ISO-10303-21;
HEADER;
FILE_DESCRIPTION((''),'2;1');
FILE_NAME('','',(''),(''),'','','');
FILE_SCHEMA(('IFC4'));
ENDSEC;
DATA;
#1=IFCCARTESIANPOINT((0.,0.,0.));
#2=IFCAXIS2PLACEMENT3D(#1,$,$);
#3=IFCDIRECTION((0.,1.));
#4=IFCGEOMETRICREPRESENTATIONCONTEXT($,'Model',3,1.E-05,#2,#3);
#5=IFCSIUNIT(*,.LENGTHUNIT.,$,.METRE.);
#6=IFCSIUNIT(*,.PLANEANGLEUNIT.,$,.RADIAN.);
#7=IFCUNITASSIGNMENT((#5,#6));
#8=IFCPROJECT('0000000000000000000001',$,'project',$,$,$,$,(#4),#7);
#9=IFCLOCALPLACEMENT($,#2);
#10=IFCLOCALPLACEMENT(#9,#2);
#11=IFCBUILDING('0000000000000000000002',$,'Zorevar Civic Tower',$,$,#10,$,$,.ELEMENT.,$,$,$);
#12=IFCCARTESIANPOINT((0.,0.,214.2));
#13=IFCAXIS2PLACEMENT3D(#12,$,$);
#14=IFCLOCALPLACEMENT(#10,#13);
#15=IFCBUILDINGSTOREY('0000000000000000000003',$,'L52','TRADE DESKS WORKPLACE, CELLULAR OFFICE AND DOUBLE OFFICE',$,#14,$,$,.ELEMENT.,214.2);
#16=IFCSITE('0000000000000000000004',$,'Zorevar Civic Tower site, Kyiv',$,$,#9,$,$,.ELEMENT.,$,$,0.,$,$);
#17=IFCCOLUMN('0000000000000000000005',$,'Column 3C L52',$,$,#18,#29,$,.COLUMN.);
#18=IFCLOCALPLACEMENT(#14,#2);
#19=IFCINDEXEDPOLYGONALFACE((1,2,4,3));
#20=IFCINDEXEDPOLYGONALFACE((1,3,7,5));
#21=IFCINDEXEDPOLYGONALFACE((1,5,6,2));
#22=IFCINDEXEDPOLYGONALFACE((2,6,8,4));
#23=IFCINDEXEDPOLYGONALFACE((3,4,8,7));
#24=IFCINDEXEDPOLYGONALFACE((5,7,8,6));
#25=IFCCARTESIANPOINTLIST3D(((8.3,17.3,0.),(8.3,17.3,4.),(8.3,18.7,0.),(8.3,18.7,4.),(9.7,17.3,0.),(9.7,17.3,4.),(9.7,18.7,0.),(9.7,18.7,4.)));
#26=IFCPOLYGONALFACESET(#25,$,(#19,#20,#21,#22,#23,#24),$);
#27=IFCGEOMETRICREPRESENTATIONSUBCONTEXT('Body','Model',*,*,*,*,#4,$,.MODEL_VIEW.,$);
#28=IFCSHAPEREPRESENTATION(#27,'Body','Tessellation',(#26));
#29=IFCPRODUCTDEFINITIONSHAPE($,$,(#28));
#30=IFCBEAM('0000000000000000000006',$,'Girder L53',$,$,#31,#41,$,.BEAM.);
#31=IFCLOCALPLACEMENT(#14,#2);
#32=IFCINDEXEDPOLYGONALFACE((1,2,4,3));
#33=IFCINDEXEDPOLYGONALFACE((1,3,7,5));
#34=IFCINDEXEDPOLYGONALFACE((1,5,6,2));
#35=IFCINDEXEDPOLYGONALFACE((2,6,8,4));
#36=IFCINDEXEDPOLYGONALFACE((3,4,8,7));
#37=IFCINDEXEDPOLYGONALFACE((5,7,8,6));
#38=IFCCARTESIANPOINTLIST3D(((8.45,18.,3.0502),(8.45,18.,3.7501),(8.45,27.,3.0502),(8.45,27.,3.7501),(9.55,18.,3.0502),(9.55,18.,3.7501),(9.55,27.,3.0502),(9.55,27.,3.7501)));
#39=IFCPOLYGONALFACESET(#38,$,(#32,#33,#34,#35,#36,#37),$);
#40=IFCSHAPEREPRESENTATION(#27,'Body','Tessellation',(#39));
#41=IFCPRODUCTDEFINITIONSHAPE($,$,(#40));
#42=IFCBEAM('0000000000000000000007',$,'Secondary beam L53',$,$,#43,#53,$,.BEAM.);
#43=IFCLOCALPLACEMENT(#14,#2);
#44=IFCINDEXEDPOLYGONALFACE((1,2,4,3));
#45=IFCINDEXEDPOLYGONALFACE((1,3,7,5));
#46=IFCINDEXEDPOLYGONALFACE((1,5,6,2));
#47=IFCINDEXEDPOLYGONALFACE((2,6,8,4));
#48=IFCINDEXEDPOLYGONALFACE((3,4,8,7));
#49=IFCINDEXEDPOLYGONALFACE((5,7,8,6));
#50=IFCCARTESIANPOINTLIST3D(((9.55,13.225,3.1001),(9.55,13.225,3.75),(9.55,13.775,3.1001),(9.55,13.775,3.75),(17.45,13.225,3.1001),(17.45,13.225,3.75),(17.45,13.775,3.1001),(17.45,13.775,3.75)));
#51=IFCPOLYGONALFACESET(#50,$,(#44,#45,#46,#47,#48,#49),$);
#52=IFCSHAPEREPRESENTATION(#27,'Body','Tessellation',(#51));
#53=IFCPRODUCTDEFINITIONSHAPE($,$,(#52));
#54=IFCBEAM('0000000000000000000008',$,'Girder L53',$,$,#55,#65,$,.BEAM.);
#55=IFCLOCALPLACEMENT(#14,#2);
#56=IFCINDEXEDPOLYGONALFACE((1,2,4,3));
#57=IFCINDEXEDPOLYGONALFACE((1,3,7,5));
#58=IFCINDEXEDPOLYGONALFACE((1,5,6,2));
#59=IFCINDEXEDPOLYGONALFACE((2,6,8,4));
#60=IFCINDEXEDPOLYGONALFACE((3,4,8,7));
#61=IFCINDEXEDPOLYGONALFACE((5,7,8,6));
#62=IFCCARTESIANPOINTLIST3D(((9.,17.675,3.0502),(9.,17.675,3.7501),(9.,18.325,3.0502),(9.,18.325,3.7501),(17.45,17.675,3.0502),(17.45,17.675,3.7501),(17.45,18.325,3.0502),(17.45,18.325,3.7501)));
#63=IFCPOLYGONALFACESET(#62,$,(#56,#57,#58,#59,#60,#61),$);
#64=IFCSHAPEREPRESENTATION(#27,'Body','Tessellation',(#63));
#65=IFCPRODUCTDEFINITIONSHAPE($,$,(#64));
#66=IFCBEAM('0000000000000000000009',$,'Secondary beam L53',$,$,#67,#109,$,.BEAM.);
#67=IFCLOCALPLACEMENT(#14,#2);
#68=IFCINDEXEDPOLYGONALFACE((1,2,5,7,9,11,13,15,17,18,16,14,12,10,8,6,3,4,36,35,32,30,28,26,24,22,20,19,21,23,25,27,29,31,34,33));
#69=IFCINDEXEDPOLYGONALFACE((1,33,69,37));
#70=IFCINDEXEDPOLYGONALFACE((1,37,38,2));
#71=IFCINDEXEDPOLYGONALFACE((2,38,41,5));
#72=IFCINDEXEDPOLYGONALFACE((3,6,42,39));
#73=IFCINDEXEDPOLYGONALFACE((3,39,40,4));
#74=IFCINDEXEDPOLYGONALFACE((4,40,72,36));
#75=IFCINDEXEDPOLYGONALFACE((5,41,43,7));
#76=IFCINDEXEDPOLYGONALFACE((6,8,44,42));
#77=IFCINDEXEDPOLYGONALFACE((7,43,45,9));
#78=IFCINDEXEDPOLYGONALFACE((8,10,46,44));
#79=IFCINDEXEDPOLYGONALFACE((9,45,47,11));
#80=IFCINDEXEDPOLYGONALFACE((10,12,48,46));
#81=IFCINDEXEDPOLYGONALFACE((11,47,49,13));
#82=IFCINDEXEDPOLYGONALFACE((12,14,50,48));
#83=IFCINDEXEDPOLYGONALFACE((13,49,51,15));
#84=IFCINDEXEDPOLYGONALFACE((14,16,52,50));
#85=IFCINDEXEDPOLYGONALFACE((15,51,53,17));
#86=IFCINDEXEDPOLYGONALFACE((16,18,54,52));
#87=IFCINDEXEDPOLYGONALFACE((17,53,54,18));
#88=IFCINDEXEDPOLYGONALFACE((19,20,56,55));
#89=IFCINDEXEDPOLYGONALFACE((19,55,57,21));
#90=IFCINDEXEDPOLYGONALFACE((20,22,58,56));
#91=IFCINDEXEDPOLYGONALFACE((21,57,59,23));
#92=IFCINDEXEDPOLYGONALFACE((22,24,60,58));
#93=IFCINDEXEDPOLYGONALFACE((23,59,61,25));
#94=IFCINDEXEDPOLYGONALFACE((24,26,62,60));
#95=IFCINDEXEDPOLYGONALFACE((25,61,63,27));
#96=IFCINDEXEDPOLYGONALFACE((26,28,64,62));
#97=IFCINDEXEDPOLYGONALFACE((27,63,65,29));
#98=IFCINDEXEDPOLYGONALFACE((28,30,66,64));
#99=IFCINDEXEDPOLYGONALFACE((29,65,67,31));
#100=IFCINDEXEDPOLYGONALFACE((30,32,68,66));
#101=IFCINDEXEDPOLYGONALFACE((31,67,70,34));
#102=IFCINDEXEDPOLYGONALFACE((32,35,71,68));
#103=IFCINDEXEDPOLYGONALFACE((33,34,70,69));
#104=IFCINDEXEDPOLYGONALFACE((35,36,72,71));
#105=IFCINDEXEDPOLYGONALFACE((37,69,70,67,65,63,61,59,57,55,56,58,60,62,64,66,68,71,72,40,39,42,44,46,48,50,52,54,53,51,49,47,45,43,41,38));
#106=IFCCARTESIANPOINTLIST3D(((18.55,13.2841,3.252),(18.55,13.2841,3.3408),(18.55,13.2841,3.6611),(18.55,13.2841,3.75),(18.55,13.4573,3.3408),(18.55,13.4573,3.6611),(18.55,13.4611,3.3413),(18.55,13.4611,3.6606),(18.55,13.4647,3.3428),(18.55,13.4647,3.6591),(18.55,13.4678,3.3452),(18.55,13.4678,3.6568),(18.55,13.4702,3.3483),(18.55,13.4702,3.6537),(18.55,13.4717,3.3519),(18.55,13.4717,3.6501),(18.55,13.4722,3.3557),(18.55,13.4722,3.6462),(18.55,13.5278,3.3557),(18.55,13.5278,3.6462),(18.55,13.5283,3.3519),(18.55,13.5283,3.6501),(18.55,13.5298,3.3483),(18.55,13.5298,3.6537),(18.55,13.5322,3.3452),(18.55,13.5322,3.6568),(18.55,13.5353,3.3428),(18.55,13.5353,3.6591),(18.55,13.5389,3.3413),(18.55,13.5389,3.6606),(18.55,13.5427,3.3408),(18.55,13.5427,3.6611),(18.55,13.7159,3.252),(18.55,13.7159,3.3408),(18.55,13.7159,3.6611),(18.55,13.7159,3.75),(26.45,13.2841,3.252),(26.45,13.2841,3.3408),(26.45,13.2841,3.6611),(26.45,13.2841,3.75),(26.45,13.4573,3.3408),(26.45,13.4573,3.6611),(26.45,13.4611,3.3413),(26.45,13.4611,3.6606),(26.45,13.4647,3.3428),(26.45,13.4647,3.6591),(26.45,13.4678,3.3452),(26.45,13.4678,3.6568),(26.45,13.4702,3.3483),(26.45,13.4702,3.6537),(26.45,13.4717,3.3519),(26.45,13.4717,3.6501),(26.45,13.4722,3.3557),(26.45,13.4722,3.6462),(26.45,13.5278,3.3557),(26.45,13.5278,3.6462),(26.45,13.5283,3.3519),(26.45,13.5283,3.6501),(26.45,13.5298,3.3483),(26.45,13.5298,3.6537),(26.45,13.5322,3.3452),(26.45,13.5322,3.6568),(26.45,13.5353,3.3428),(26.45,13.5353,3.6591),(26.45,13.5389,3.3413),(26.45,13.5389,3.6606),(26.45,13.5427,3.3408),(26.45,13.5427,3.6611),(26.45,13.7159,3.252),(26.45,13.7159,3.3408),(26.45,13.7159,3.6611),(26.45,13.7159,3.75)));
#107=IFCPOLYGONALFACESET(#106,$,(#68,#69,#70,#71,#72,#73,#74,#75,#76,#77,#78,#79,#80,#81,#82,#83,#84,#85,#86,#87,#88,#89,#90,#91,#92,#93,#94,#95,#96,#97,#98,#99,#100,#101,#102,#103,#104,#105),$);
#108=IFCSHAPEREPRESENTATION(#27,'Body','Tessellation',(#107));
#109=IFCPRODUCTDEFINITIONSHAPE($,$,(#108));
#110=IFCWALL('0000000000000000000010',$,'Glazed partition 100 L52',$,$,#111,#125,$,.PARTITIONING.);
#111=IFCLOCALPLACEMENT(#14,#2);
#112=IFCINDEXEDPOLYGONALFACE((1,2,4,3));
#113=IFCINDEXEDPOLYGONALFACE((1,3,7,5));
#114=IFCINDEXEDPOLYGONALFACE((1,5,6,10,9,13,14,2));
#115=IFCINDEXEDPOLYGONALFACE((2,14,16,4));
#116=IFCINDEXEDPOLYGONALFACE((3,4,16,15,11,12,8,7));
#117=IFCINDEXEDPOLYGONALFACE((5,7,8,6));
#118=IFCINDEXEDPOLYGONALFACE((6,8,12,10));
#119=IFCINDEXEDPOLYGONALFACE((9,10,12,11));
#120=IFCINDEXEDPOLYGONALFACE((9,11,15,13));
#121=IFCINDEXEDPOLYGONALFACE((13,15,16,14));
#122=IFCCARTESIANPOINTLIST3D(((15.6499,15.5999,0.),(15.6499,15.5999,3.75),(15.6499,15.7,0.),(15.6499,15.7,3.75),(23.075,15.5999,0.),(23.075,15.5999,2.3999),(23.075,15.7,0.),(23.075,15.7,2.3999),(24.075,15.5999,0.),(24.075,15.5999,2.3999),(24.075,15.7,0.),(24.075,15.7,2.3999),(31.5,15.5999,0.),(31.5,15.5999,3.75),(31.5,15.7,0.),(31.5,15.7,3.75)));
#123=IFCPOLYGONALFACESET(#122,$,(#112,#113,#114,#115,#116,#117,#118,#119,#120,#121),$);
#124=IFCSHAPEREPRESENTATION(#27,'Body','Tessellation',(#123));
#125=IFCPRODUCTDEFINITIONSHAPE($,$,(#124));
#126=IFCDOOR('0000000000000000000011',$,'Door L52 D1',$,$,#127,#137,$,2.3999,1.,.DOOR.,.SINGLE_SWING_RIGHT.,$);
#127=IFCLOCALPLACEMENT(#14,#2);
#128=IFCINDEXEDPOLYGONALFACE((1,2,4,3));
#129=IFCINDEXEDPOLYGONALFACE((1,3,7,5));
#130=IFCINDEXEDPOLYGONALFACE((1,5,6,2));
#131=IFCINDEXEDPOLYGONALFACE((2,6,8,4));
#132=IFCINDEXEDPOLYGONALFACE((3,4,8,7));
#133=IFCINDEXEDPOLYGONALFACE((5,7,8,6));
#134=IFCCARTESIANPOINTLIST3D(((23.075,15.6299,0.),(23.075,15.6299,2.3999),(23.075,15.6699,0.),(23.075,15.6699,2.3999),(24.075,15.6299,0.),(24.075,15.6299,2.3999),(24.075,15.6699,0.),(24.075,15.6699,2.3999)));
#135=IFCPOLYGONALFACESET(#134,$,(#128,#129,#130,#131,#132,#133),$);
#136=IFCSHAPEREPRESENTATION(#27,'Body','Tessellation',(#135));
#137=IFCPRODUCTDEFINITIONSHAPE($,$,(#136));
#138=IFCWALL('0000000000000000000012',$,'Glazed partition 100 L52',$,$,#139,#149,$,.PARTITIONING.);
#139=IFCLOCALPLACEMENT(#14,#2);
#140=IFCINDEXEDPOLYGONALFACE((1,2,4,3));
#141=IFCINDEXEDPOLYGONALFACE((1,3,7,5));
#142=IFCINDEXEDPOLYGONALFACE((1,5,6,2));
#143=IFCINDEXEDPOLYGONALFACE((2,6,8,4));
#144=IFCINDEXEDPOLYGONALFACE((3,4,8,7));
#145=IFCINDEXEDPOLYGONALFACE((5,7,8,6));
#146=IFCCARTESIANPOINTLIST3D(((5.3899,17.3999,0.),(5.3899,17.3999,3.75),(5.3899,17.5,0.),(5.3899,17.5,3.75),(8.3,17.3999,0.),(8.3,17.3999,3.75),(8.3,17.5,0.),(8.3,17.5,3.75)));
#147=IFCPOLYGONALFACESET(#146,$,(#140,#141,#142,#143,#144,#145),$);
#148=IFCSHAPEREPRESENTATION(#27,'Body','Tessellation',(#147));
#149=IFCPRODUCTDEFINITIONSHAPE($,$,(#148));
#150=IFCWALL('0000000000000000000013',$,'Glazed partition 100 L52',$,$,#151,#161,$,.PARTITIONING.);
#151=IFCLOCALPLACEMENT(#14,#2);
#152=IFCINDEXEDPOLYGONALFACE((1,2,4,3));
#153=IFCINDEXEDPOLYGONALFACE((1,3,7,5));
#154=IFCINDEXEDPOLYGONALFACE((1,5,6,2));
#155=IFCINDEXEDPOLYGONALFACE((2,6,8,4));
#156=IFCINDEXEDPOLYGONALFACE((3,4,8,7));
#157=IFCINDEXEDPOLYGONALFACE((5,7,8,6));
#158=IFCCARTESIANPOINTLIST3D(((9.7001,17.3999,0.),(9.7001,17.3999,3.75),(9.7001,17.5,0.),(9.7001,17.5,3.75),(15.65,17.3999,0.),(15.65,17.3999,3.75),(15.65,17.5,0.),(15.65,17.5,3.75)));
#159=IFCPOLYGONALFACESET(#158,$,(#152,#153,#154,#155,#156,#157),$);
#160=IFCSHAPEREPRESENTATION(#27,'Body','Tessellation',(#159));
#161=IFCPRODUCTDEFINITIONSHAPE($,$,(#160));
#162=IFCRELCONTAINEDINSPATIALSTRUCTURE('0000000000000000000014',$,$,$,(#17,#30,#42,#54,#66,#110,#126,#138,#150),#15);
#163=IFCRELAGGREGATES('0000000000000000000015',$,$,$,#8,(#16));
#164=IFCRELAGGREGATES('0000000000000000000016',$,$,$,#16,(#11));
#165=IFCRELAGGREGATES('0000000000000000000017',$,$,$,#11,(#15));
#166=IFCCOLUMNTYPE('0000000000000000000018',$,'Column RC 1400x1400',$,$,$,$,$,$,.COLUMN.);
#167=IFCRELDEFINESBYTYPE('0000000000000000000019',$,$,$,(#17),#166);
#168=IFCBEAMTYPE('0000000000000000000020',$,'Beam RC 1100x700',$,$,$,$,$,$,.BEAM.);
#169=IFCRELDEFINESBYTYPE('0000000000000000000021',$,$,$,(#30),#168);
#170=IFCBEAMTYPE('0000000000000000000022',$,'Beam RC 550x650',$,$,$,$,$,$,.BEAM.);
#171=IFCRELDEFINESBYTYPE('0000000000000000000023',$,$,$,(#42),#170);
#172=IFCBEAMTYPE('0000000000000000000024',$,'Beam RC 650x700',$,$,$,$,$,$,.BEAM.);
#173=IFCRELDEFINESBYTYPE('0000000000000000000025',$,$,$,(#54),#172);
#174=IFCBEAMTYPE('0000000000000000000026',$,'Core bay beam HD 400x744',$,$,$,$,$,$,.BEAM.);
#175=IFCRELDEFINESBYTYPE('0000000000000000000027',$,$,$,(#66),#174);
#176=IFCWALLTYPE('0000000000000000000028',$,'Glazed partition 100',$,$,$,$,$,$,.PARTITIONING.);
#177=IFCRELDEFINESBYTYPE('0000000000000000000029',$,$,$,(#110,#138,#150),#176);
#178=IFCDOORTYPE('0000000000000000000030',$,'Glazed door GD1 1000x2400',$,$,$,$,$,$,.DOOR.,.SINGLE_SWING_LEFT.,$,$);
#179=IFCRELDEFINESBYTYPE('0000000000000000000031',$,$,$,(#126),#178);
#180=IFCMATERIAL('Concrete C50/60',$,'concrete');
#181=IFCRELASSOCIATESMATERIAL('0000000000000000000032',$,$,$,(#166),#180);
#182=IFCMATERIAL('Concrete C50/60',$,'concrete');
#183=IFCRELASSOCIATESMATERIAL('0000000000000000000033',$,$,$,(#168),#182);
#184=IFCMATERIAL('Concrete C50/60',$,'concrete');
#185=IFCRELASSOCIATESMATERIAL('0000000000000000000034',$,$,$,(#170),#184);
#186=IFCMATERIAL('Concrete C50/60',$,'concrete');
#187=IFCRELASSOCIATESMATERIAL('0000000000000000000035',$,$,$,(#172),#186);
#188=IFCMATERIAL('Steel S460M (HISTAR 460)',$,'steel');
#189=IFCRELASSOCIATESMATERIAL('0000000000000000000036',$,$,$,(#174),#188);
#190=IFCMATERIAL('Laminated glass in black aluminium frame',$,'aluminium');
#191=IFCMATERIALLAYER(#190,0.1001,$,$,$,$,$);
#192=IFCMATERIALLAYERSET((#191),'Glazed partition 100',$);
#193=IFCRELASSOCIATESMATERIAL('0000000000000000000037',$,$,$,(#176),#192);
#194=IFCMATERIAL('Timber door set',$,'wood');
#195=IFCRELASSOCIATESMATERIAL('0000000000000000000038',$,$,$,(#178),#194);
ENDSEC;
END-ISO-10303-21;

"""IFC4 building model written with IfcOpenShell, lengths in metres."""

from ifc_helpers import new_model, si_unit, direction, frame, frame_2d, origin, origin_2d, place, context, subcontext, project, spatial, rectangle, i_section, extrude, material, layer, layer_set, material_profile, profile_set, type_object, element, fill, save


model = new_model("IFC4")

# Units and contexts
model_context = context("Model", 3, precision=1e-05, world=origin(), true_north=direction((0.0, 1.0)))
body_context = subcontext(model_context, "Body", "Model", "MODEL_VIEW")
ifc_project = project(units=[si_unit("LENGTHUNIT", "METRE"), si_unit("PLANEANGLEUNIT", "RADIAN")], contexts=[model_context])

# Site, building, storey
site_placement = place(None, origin())
site = spatial("IfcSite", under=ifc_project, at=site_placement, Name="Zorevar Civic Tower site, Kyiv", CompositionType="ELEMENT", RefElevation=0.0)
building_placement = place(site_placement, origin())
building = spatial("IfcBuilding", under=site, at=building_placement, Name="Zorevar Civic Tower", CompositionType="ELEMENT")
storey_placement = place(building_placement, frame((0.0, 0.0, 214.2)))
storey = spatial("IfcBuildingStorey", under=building, at=storey_placement, Name="L52", Description="TRADE DESKS WORKPLACE, CELLULAR OFFICE AND DOUBLE OFFICE", CompositionType="ELEMENT", Elevation=214.2)

# Column
ifc_material_1 = material(Name="Concrete C50/60", Category="concrete")
ifc_material_profile_1 = material_profile(ifc_material_1, rectangle(XDim=1.3999, YDim=1.3999, at=origin_2d()), Name="RC 1400x1400")
ifc_profile_set_1 = profile_set([ifc_material_profile_1], Name="Concrete C50/60")
column_type = type_object("IfcColumnType", Name="Column RC 1400x1400", PredefinedType="COLUMN", material=ifc_profile_set_1)
column_placement = place(storey_placement, frame((9.0, 18.0, 0.0), z_axis=(0.0, 0.0, 1.0), x_axis=(1.0, 0.0, 0.0)))
element("IfcColumn", 1, at=column_placement, inside=storey, type_object=column_type, Name="Column 3C L52", PredefinedType="COLUMN", context=body_context, shape_type="SweptSolid", body=[
    extrude(rectangle(XDim=1.3999, YDim=1.3999, at=origin_2d()), origin(), (0.0, 0.0, 1.0), 4.0),
])

# Beams
ifc_material_2 = material(Name="Concrete C50/60", Category="concrete")
ifc_material_profile_2 = material_profile(ifc_material_2, rectangle(XDim=1.1001, YDim=0.7, at=origin_2d()), Name="RC 1100x700")
ifc_profile_set_2 = profile_set([ifc_material_profile_2], Name="Concrete C50/60")
beam_type_1 = type_object("IfcBeamType", Name="Beam RC 1100x700", PredefinedType="BEAM", material=ifc_profile_set_2)
beam_1_placement = place(storey_placement, frame((9.0, 18.0, 3.4001), z_axis=(0.0, 1.0, 0.0), x_axis=(-1.0, 0.0, 0.0)))
element("IfcBeam", 2, at=beam_1_placement, inside=storey, type_object=beam_type_1, Name="Girder L53", PredefinedType="BEAM", context=body_context, shape_type="SweptSolid", body=[
    extrude(rectangle(XDim=1.1001, YDim=0.7, at=origin_2d()), origin(), (0.0, 0.0, 1.0), 9.0),
])
ifc_material_3 = material(Name="Concrete C50/60", Category="concrete")
ifc_material_profile_3 = material_profile(ifc_material_3, rectangle(XDim=0.55, YDim=0.6499, at=origin_2d()), Name="RC 550x650")
ifc_profile_set_3 = profile_set([ifc_material_profile_3], Name="Concrete C50/60")
beam_type_2 = type_object("IfcBeamType", Name="Beam RC 550x650", PredefinedType="BEAM", material=ifc_profile_set_3)
beam_2_placement = place(storey_placement, frame((9.55, 13.5, 3.425), z_axis=(1.0, 0.0, 0.0), x_axis=(0.0, 1.0, 0.0)))
element("IfcBeam", 3, at=beam_2_placement, inside=storey, type_object=beam_type_2, Name="Secondary beam L53", PredefinedType="BEAM", context=body_context, shape_type="SweptSolid", body=[
    extrude(rectangle(XDim=0.55, YDim=0.6499, at=origin_2d()), origin(), (0.0, 0.0, 1.0), 7.8999),
])
ifc_material_4 = material(Name="Concrete C50/60", Category="concrete")
ifc_material_profile_4 = material_profile(ifc_material_4, rectangle(XDim=0.6499, YDim=0.7, at=origin_2d()), Name="RC 650x700")
ifc_profile_set_4 = profile_set([ifc_material_profile_4], Name="Concrete C50/60")
beam_type_3 = type_object("IfcBeamType", Name="Beam RC 650x700", PredefinedType="BEAM", material=ifc_profile_set_4)
beam_3_placement = place(storey_placement, frame((9.0, 18.0, 3.4001), z_axis=(1.0, 0.0, 0.0), x_axis=(0.0, 1.0, 0.0)))
element("IfcBeam", 4, at=beam_3_placement, inside=storey, type_object=beam_type_3, Name="Girder L53", PredefinedType="BEAM", context=body_context, shape_type="SweptSolid", body=[
    extrude(rectangle(XDim=0.6499, YDim=0.7, at=origin_2d()), origin(), (0.0, 0.0, 1.0), 8.45),
])
ifc_material_5 = material(Name="Steel S460M (HISTAR 460)", Category="steel")
ifc_material_profile_5 = material_profile(ifc_material_5, i_section(OverallWidth=0.4319, OverallDepth=0.498, WebThickness=0.0557, FlangeThickness=0.0889, FilletRadius=0.0149, at=origin_2d()), Name="HD 400x744")
ifc_profile_set_5 = profile_set([ifc_material_profile_5], Name="Steel S460M (HISTAR 460)")
beam_type_4 = type_object("IfcBeamType", Name="Core bay beam HD 400x744", PredefinedType="BEAM", material=ifc_profile_set_5)
beam_4_placement = place(storey_placement, frame((18.55, 13.5, 3.501), z_axis=(1.0, 0.0, 0.0), x_axis=(0.0, 1.0, 0.0)))
element("IfcBeam", 5, at=beam_4_placement, inside=storey, type_object=beam_type_4, Name="Secondary beam L53", PredefinedType="BEAM", context=body_context, shape_type="SweptSolid", body=[
    extrude(i_section(OverallWidth=0.4319, OverallDepth=0.498, WebThickness=0.0557, FlangeThickness=0.0889, FilletRadius=0.0149, at=origin_2d()), origin(), (0.0, 0.0, 1.0), 7.8999),
])

# Wall, opening, door
ifc_material_6 = material(Name="Laminated glass in black aluminium frame", Category="aluminium")
ifc_layer_1 = layer(ifc_material_6, 0.1001)
ifc_layer_set_1 = layer_set([ifc_layer_1], Name="Glazed partition 100")
wall_type_1 = type_object("IfcWallType", Name="Glazed partition 100", PredefinedType="PARTITIONING", material=ifc_layer_set_1)
wall_1_placement = place(storey_placement, frame((15.6499, 15.6499, 0.0), z_axis=(0.0, 0.0, 1.0), x_axis=(1.0, 0.0, 0.0)))
wall_1 = element("IfcWall", 6, at=wall_1_placement, inside=storey, type_object=wall_type_1, Name="Glazed partition 100 L52", PredefinedType="PARTITIONING", context=body_context, shape_type="SweptSolid", body=[
    extrude(rectangle(XDim=15.8501, YDim=0.1001, at=frame_2d((7.925, 0.0))), origin(), (0.0, 0.0, 1.0), 3.75),
])
opening_1_placement = place(wall_1_placement, frame((7.425, 0.0, 0.0)))
opening_1 = element("IfcOpeningElement", 7, at=opening_1_placement, cuts=wall_1, PredefinedType="OPENING", context=body_context, shape_type="SweptSolid", body=[
    extrude(rectangle(XDim=1.0, YDim=2.3999, at=frame_2d((0.5, 1.2))), frame((0.0, 0.0601, 0.0), z_axis=(0.0, -1.0, 0.0), x_axis=(1.0, 0.0, 0.0)), (0.0, 0.0, 1.0), 0.1201),
])
ifc_material_7 = material(Name="Timber door set", Category="wood")
door_type_1 = type_object("IfcDoorType", Name="Glazed door GD1 1000x2400", OperationType="SINGLE_SWING_LEFT", PredefinedType="DOOR", material=ifc_material_7)
door_1_placement = place(opening_1_placement, origin())
door_1 = element("IfcDoor", 8, at=door_1_placement, inside=storey, type_object=door_type_1, Name="Door L52 D1", OperationType="SINGLE_SWING_RIGHT", OverallHeight=2.3999, OverallWidth=1.0, PredefinedType="DOOR", context=body_context, shape_type="SweptSolid", body=[
    extrude(rectangle(XDim=1.0, YDim=2.3999, at=frame_2d((0.5, 1.2))), frame((0.0, 0.02, 0.0), z_axis=(0.0, -1.0, 0.0), x_axis=(1.0, 0.0, 0.0)), (0.0, 0.0, 1.0), 0.04),
])
fill(opening_1, door_1)

# Walls
wall_2_placement = place(storey_placement, frame((5.3899, 17.45, 0.0), z_axis=(0.0, 0.0, 1.0), x_axis=(1.0, 0.0, 0.0)))
element("IfcWall", 9, at=wall_2_placement, inside=storey, type_object=wall_type_1, Name="Glazed partition 100 L52", PredefinedType="PARTITIONING", context=body_context, shape_type="SweptSolid", body=[
    extrude(rectangle(XDim=2.9102, YDim=0.1001, at=frame_2d((1.4551, 0.0))), origin(), (0.0, 0.0, 1.0), 3.75),
])
wall_3_placement = place(storey_placement, frame((9.7, 17.45, 0.0), z_axis=(0.0, 0.0, 1.0), x_axis=(1.0, 0.0, 0.0)))
element("IfcWall", 10, at=wall_3_placement, inside=storey, type_object=wall_type_1, Name="Glazed partition 100 L52", PredefinedType="PARTITIONING", context=body_context, shape_type="SweptSolid", body=[
    extrude(rectangle(XDim=5.95, YDim=0.1001, at=frame_2d((2.9751, 0.0))), origin(), (0.0, 0.0, 1.0), 3.75),
])

save(model, "model.ifc")
